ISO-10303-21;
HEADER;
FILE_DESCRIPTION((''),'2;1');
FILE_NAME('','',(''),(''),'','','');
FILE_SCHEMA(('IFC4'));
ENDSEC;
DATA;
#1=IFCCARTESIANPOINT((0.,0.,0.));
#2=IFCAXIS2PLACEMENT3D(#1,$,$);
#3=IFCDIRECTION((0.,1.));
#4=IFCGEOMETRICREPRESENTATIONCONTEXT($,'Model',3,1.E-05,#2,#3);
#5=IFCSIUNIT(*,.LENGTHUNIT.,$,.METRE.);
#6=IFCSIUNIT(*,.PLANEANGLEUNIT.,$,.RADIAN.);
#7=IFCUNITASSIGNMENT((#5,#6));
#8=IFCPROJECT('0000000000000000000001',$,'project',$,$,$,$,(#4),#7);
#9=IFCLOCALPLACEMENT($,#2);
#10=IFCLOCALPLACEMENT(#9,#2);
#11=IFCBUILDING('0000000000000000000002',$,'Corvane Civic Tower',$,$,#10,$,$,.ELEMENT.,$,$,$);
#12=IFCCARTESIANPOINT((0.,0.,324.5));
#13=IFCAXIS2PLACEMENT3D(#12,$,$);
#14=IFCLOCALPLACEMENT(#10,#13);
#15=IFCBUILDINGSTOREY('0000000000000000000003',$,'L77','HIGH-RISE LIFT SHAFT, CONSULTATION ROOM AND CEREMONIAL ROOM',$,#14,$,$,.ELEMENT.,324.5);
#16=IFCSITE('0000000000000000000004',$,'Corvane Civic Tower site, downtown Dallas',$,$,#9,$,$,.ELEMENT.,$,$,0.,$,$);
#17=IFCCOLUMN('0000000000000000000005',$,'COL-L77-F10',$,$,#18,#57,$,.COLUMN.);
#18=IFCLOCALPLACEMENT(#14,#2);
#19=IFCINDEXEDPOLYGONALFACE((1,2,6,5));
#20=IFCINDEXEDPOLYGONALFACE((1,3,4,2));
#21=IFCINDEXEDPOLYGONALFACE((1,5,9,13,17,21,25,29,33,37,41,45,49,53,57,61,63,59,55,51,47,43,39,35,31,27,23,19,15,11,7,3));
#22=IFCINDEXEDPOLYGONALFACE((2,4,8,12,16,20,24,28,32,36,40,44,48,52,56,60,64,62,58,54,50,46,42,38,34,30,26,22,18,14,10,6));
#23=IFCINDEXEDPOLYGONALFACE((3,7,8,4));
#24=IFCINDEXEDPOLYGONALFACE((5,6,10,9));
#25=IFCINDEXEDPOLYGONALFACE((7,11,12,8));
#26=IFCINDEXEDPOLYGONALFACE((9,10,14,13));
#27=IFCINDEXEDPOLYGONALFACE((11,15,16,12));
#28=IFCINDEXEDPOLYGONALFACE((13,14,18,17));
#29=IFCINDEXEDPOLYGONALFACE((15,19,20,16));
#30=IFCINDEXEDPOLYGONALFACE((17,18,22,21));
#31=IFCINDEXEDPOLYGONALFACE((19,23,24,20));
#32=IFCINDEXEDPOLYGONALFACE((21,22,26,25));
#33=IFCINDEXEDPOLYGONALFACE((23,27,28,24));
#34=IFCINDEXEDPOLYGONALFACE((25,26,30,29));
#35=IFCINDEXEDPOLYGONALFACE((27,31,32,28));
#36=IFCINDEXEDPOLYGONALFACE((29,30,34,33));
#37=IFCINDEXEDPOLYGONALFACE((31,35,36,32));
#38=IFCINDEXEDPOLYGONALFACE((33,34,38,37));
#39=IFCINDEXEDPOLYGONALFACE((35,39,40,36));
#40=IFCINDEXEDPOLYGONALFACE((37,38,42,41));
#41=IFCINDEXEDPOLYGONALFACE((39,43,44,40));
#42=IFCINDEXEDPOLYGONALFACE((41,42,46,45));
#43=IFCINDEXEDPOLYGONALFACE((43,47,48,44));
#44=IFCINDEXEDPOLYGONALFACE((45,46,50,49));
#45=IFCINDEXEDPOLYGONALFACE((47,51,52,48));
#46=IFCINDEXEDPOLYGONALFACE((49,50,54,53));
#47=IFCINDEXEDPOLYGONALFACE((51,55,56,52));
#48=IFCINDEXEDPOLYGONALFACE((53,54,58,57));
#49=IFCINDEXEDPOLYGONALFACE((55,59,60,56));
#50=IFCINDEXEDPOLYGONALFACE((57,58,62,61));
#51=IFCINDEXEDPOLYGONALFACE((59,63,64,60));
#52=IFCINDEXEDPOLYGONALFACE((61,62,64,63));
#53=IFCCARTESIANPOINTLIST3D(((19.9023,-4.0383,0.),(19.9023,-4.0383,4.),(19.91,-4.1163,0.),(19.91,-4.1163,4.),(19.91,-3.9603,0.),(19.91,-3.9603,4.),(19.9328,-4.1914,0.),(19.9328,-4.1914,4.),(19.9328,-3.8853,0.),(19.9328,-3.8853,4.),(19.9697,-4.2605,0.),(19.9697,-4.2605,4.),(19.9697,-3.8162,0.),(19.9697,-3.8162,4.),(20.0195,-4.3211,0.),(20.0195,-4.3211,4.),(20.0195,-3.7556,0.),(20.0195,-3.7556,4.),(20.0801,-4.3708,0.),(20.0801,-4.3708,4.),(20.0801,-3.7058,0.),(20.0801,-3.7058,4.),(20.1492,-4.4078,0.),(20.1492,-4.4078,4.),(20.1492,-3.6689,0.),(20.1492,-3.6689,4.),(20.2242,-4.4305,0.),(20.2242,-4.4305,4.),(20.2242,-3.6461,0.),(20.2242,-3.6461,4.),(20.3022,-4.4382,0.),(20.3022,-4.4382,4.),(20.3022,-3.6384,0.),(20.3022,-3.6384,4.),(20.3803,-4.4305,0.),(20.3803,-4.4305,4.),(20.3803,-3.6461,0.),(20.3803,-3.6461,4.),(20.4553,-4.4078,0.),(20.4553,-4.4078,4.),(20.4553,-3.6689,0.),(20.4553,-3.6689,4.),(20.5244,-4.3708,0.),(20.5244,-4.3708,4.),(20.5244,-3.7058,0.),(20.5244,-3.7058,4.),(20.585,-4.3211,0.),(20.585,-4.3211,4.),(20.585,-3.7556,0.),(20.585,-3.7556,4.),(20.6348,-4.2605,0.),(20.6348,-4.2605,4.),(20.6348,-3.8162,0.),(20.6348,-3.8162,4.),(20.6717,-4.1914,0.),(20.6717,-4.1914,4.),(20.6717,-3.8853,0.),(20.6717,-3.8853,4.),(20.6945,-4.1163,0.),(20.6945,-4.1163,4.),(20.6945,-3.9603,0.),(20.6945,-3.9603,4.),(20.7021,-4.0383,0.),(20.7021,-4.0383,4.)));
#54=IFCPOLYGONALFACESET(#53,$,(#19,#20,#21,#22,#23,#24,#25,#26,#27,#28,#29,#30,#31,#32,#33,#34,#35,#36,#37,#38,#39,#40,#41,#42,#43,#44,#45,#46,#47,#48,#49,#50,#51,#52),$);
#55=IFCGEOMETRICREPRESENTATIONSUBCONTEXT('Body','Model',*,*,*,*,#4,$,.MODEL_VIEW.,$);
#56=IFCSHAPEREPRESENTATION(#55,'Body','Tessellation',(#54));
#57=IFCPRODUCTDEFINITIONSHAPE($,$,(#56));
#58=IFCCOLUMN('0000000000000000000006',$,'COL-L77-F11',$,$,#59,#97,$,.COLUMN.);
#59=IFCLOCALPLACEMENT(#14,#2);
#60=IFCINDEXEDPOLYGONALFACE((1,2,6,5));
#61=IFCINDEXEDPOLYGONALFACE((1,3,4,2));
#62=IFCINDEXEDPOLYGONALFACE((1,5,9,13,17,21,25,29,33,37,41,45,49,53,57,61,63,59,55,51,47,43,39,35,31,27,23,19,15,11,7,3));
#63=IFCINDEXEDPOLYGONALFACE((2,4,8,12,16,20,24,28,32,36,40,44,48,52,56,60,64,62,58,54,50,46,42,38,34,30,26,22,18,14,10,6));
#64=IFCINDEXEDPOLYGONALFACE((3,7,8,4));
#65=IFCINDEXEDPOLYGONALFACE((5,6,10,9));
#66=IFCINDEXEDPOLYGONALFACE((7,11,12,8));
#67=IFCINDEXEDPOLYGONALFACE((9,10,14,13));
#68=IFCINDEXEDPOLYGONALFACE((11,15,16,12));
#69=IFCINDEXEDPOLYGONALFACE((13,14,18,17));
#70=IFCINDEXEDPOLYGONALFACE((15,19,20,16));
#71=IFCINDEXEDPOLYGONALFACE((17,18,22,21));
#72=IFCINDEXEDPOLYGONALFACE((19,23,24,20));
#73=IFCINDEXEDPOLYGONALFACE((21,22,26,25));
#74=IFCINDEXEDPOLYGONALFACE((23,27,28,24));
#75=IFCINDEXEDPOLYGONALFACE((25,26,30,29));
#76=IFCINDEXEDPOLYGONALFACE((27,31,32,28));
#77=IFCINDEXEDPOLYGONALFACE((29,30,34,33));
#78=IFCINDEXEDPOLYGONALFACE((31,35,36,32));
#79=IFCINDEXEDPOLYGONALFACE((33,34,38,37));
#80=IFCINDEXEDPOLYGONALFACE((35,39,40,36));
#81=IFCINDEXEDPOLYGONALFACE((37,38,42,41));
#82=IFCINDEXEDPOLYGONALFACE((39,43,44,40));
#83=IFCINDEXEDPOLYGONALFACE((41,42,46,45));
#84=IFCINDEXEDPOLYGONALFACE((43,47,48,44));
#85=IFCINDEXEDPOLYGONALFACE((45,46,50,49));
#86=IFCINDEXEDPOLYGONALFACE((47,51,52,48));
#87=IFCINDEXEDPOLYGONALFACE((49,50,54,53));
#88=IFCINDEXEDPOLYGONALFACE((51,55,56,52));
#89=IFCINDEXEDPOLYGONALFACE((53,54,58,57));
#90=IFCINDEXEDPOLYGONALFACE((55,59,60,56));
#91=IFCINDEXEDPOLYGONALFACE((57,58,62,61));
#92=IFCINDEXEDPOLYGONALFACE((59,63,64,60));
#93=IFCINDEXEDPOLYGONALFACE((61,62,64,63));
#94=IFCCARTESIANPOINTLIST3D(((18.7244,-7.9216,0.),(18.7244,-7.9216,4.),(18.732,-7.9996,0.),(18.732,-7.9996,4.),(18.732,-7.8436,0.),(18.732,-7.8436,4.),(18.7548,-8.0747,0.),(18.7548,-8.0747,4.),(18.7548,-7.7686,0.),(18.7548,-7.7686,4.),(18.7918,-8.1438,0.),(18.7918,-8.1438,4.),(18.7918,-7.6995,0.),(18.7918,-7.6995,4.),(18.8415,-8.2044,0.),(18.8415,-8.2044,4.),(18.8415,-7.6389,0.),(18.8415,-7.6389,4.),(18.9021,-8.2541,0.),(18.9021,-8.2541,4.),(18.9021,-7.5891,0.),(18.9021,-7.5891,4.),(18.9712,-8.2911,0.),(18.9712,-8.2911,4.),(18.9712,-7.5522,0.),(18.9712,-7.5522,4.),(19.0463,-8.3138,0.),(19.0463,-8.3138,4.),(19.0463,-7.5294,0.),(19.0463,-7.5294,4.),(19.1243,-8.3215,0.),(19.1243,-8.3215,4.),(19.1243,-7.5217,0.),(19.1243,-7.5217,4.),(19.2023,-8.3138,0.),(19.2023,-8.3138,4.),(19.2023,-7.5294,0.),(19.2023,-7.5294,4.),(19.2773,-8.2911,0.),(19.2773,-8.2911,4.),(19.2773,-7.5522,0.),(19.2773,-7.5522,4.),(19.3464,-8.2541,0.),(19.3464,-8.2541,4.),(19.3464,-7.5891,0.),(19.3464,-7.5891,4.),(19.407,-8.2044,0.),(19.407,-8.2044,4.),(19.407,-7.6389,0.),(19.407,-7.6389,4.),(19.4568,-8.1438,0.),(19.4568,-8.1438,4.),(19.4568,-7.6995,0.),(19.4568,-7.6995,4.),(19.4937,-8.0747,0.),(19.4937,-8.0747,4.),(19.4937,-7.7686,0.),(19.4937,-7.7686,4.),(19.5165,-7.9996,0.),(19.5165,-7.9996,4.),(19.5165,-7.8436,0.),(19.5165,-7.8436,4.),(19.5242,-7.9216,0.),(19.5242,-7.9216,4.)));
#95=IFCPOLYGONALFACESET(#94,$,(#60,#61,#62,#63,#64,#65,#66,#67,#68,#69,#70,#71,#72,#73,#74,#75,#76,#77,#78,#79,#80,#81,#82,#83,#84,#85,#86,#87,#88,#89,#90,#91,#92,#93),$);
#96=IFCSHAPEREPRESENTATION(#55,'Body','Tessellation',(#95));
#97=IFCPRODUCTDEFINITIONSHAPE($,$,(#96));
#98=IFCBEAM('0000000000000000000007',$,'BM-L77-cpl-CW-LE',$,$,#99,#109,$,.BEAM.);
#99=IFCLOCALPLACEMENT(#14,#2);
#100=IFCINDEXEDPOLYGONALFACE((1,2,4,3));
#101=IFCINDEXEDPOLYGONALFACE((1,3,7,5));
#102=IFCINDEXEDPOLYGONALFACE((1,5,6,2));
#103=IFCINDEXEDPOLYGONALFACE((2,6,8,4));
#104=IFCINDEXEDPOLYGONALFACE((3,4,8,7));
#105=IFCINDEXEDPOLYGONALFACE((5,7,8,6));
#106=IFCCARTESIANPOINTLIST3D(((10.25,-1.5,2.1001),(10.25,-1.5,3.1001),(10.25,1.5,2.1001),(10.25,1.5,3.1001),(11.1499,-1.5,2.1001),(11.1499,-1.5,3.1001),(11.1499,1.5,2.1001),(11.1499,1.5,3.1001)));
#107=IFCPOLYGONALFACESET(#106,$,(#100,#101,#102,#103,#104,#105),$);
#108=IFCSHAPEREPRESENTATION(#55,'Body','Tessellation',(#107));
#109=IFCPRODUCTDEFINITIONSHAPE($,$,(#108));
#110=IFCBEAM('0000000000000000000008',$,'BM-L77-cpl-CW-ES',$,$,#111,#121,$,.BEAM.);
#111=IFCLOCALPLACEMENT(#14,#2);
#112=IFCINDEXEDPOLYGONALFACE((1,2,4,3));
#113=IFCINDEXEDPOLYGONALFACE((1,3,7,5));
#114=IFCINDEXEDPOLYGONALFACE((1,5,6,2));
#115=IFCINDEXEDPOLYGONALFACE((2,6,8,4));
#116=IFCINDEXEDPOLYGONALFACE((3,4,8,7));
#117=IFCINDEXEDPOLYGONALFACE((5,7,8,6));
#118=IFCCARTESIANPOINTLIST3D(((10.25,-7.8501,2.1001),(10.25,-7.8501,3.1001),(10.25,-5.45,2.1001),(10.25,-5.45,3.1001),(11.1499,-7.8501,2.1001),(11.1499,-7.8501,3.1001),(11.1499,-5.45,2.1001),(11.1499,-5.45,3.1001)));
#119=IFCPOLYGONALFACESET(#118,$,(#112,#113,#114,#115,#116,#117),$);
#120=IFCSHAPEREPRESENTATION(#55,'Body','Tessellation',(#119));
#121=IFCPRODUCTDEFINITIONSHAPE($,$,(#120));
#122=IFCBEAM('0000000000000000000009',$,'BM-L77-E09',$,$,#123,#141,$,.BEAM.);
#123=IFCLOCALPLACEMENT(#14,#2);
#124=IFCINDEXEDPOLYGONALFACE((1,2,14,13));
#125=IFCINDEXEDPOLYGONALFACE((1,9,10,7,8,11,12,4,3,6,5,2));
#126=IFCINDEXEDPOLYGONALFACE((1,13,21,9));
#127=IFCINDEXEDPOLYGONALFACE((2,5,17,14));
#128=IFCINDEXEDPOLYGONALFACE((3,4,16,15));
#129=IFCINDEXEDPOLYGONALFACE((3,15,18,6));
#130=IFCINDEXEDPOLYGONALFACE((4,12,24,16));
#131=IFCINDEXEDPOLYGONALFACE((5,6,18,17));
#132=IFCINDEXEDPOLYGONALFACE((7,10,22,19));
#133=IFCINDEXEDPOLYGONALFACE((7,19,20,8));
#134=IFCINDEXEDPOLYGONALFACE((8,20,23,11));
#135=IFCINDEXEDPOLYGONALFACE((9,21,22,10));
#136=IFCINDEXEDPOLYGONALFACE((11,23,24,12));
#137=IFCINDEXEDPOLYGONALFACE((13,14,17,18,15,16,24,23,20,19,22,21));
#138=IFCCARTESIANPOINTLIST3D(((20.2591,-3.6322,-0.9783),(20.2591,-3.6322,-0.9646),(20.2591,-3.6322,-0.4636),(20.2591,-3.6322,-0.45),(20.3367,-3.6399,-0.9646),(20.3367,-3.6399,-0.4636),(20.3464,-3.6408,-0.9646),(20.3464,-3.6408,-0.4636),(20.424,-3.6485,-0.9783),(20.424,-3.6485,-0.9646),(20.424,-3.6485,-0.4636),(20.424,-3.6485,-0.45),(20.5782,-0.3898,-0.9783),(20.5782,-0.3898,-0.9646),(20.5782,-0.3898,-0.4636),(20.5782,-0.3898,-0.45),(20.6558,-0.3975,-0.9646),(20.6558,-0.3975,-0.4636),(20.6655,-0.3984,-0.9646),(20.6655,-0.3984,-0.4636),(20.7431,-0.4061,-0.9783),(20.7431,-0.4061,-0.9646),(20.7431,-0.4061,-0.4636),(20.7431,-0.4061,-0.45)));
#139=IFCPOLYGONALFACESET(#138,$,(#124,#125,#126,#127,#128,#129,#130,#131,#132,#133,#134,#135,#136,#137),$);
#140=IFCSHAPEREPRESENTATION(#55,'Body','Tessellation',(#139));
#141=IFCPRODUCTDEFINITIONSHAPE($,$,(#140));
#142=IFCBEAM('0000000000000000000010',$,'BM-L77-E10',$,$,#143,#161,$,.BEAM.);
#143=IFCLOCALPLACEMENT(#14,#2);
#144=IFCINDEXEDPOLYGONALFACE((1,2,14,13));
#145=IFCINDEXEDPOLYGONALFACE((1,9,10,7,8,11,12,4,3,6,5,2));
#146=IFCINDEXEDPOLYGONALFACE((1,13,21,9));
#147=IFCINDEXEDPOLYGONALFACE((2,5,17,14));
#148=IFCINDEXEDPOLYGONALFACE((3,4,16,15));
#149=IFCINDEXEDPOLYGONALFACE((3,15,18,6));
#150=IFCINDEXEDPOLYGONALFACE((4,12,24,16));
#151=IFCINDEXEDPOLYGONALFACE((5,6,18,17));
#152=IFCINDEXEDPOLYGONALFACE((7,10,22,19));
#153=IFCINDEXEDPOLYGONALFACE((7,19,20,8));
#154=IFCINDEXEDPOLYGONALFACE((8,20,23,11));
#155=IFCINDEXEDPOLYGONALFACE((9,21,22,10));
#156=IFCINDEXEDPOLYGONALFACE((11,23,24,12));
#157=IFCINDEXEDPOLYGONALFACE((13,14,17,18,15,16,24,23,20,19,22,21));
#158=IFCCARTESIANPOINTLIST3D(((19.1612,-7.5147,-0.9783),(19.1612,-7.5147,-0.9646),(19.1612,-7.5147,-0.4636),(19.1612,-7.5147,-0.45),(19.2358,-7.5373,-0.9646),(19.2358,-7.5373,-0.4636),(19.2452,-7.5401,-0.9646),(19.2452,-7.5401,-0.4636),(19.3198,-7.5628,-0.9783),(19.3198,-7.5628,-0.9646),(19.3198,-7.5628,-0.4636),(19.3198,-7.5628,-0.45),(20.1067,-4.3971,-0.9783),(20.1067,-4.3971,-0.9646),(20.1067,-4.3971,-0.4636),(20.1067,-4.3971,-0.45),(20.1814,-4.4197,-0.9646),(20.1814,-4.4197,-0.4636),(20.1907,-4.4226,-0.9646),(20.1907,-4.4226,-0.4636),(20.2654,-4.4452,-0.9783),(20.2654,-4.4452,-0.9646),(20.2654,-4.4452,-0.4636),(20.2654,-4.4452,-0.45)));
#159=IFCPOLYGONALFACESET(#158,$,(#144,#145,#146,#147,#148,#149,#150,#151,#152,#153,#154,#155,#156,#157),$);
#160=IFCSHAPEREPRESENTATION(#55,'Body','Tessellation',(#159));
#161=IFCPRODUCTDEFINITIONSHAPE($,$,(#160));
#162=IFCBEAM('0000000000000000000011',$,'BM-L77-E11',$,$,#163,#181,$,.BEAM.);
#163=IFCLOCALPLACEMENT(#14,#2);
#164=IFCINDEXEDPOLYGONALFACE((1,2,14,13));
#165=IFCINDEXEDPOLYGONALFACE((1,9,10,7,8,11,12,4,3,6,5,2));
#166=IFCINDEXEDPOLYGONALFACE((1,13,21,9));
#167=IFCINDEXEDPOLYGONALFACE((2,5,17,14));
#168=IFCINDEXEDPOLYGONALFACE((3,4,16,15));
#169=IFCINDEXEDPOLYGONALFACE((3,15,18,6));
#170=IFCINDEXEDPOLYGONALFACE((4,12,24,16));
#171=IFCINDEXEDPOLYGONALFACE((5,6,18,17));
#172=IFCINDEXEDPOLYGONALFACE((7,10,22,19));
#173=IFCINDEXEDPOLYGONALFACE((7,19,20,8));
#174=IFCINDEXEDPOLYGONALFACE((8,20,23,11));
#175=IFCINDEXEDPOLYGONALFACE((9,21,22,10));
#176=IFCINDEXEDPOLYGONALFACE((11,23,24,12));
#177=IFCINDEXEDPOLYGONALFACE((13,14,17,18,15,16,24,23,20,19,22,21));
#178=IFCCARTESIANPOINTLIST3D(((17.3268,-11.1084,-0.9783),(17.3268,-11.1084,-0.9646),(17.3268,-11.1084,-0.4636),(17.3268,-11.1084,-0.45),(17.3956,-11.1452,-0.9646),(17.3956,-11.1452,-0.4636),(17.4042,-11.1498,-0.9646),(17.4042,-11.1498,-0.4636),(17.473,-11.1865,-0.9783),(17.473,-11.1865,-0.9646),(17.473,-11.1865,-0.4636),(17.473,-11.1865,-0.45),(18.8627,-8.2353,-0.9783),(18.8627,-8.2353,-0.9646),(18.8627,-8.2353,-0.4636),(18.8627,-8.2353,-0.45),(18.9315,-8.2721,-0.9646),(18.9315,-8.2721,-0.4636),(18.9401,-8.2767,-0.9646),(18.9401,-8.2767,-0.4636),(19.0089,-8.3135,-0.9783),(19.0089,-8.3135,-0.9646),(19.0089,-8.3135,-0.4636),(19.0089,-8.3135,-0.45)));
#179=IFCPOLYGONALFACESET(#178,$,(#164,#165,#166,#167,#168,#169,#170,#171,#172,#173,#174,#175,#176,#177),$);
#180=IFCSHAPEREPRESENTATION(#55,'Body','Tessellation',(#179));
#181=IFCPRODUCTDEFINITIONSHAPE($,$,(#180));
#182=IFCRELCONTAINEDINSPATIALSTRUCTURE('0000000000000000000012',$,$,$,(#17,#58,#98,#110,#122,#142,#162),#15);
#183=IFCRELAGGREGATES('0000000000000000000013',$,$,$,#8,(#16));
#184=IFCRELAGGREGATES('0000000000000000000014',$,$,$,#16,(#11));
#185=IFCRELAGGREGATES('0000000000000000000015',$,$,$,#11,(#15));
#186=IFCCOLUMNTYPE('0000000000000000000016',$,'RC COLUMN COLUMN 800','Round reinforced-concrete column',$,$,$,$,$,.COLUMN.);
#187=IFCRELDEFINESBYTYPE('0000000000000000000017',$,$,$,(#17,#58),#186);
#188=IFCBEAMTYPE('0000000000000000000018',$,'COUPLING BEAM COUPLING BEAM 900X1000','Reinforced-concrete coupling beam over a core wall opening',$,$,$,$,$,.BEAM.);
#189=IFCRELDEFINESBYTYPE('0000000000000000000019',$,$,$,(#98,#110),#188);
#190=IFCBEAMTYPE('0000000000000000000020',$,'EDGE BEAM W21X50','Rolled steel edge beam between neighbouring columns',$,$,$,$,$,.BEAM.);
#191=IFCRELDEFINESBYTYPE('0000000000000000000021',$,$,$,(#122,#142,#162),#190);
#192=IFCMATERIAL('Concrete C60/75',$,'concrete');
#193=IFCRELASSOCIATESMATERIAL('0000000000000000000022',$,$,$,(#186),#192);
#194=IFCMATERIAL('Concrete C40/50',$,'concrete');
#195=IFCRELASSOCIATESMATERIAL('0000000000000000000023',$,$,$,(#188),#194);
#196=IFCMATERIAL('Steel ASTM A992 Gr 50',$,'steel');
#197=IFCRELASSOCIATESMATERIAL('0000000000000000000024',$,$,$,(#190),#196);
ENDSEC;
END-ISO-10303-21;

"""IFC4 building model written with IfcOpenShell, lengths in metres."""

from ifc_helpers import new_model, si_unit, direction, frame, origin, origin_2d, place, context, subcontext, project, spatial, rectangle, circle, i_section, extrude, material, material_profile, profile_set, type_object, element, save


model = new_model("IFC4")

# Units and contexts
model_context = context("Model", 3, precision=1e-05, world=origin(), true_north=direction((0.0, 1.0)))
body_context = subcontext(model_context, "Body", "Model", "MODEL_VIEW")
ifc_project = project(units=[si_unit("LENGTHUNIT", "METRE"), si_unit("PLANEANGLEUNIT", "RADIAN")], contexts=[model_context])

# Site, building, storey
site_placement = place(None, origin())
site = spatial("IfcSite", under=ifc_project, at=site_placement, Name="Corvane Civic Tower site, downtown Dallas", CompositionType="ELEMENT", RefElevation=0.0)
building_placement = place(site_placement, origin())
building = spatial("IfcBuilding", under=site, at=building_placement, Name="Corvane Civic Tower", CompositionType="ELEMENT")
storey_placement = place(building_placement, frame((0.0, 0.0, 324.5)))
storey = spatial("IfcBuildingStorey", under=building, at=storey_placement, Name="L77", Description="HIGH-RISE LIFT SHAFT, CONSULTATION ROOM AND CEREMONIAL ROOM", CompositionType="ELEMENT", Elevation=324.5)

# Columns
ifc_material_1 = material(Name="Concrete C60/75", Category="concrete")
ifc_material_profile_1 = material_profile(ifc_material_1, circle(Radius=0.3999, at=origin_2d()), Name="COLUMN 800")
ifc_profile_set_1 = profile_set([ifc_material_profile_1], Name="Concrete C60/75")
column_type = type_object("IfcColumnType", Name="RC COLUMN COLUMN 800", Description="Round reinforced-concrete column", PredefinedType="COLUMN", material=ifc_profile_set_1)
for number, where, z_axis, x_axis, name in (
    (1, (20.3022, -4.0383, 0.0), (0.0, 0.0, 1.0), (1.0, 0.0, 0.0), "COL-L77-F10"),
    (2, (19.1243, -7.9216, 0.0), (0.0, 0.0, 1.0), (1.0, 0.0, 0.0), "COL-L77-F11"),
):
    element("IfcColumn", number, at=place(storey_placement, frame(where, z_axis=z_axis, x_axis=x_axis)), inside=storey, type_object=column_type, Name=name, PredefinedType="COLUMN", context=body_context, shape_type="SweptSolid", body=[
        extrude(circle(Radius=0.3999, at=origin_2d()), origin(), (0.0, 0.0, 1.0), 4.0),
    ])

# Beams
ifc_material_2 = material(Name="Concrete C40/50", Category="concrete")
ifc_material_profile_2 = material_profile(ifc_material_2, rectangle(XDim=0.8999, YDim=1.0, at=origin_2d()), Name="COUPLING BEAM 900X1000")
ifc_profile_set_2 = profile_set([ifc_material_profile_2], Name="Concrete C40/50")
beam_type_1 = type_object("IfcBeamType", Name="COUPLING BEAM COUPLING BEAM 900X1000", Description="Reinforced-concrete coupling beam over a core wall opening", PredefinedType="BEAM", material=ifc_profile_set_2)
beam_1_placement = place(storey_placement, frame((10.7, -1.5, 2.6001), z_axis=(0.0, 1.0, 0.0), x_axis=(-1.0, 0.0, 0.0)))
element("IfcBeam", 3, at=beam_1_placement, inside=storey, type_object=beam_type_1, Name="BM-L77-cpl-CW-LE", PredefinedType="BEAM", context=body_context, shape_type="SweptSolid", body=[
    extrude(rectangle(XDim=0.8999, YDim=1.0, at=origin_2d()), origin(), (0.0, 0.0, 1.0), 3.0),
])
beam_2_placement = place(storey_placement, frame((10.7, -7.8501, 2.6001), z_axis=(0.0, 1.0, 0.0), x_axis=(-1.0, 0.0, 0.0)))
element("IfcBeam", 4, at=beam_2_placement, inside=storey, type_object=beam_type_1, Name="BM-L77-cpl-CW-ES", PredefinedType="BEAM", context=body_context, shape_type="SweptSolid", body=[
    extrude(rectangle(XDim=0.8999, YDim=1.0, at=origin_2d()), origin(), (0.0, 0.0, 1.0), 2.4001),
])
ifc_material_3 = material(Name="Steel ASTM A992 Gr 50", Category="steel")
ifc_material_profile_3 = material_profile(ifc_material_3, i_section(OverallWidth=0.1658, OverallDepth=0.5283, WebThickness=0.0098, FlangeThickness=0.0137, at=origin_2d()), Name="W21X50")
ifc_profile_set_3 = profile_set([ifc_material_profile_3], Name="Steel ASTM A992 Gr 50")
beam_type_2 = type_object("IfcBeamType", Name="EDGE BEAM W21X50", Description="Rolled steel edge beam between neighbouring columns", PredefinedType="BEAM", material=ifc_profile_set_3)
beam_3_placement = place(storey_placement, frame((20.6606, -0.3979, -0.7141), z_axis=(-0.097938, -0.995193, 0.0), x_axis=(0.995193, -0.097938, 0.0)))
element("IfcBeam", 5, at=beam_3_placement, inside=storey, type_object=beam_type_2, Name="BM-L77-E09", PredefinedType="BEAM", context=body_context, shape_type="SweptSolid", body=[
    extrude(i_section(OverallWidth=0.1658, OverallDepth=0.5283, WebThickness=0.0098, FlangeThickness=0.0137, at=origin_2d()), origin(), (0.0, 0.0, 1.0), 3.2581),
])
for number, where, z_axis, x_axis, name in (
    (6, (20.186, -4.4211, -0.7141), (-0.290234, -0.956956, 0.0), (0.956956, -0.290234, 0.0), "BM-L77-E10"),
    (7, (18.9358, -8.2744, -0.7141), (-0.471448, -0.881894, 0.0), (0.881894, -0.471448, 0.0), "BM-L77-E11"),
):
    element("IfcBeam", number, at=place(storey_placement, frame(where, z_axis=z_axis, x_axis=x_axis)), inside=storey, type_object=beam_type_2, Name=name, PredefinedType="BEAM", context=body_context, shape_type="SweptSolid", body=[
        extrude(i_section(OverallWidth=0.1658, OverallDepth=0.5283, WebThickness=0.0098, FlangeThickness=0.0137, at=origin_2d()), origin(), (0.0, 0.0, 1.0), 3.2578),
    ])

save(model, "model.ifc")
